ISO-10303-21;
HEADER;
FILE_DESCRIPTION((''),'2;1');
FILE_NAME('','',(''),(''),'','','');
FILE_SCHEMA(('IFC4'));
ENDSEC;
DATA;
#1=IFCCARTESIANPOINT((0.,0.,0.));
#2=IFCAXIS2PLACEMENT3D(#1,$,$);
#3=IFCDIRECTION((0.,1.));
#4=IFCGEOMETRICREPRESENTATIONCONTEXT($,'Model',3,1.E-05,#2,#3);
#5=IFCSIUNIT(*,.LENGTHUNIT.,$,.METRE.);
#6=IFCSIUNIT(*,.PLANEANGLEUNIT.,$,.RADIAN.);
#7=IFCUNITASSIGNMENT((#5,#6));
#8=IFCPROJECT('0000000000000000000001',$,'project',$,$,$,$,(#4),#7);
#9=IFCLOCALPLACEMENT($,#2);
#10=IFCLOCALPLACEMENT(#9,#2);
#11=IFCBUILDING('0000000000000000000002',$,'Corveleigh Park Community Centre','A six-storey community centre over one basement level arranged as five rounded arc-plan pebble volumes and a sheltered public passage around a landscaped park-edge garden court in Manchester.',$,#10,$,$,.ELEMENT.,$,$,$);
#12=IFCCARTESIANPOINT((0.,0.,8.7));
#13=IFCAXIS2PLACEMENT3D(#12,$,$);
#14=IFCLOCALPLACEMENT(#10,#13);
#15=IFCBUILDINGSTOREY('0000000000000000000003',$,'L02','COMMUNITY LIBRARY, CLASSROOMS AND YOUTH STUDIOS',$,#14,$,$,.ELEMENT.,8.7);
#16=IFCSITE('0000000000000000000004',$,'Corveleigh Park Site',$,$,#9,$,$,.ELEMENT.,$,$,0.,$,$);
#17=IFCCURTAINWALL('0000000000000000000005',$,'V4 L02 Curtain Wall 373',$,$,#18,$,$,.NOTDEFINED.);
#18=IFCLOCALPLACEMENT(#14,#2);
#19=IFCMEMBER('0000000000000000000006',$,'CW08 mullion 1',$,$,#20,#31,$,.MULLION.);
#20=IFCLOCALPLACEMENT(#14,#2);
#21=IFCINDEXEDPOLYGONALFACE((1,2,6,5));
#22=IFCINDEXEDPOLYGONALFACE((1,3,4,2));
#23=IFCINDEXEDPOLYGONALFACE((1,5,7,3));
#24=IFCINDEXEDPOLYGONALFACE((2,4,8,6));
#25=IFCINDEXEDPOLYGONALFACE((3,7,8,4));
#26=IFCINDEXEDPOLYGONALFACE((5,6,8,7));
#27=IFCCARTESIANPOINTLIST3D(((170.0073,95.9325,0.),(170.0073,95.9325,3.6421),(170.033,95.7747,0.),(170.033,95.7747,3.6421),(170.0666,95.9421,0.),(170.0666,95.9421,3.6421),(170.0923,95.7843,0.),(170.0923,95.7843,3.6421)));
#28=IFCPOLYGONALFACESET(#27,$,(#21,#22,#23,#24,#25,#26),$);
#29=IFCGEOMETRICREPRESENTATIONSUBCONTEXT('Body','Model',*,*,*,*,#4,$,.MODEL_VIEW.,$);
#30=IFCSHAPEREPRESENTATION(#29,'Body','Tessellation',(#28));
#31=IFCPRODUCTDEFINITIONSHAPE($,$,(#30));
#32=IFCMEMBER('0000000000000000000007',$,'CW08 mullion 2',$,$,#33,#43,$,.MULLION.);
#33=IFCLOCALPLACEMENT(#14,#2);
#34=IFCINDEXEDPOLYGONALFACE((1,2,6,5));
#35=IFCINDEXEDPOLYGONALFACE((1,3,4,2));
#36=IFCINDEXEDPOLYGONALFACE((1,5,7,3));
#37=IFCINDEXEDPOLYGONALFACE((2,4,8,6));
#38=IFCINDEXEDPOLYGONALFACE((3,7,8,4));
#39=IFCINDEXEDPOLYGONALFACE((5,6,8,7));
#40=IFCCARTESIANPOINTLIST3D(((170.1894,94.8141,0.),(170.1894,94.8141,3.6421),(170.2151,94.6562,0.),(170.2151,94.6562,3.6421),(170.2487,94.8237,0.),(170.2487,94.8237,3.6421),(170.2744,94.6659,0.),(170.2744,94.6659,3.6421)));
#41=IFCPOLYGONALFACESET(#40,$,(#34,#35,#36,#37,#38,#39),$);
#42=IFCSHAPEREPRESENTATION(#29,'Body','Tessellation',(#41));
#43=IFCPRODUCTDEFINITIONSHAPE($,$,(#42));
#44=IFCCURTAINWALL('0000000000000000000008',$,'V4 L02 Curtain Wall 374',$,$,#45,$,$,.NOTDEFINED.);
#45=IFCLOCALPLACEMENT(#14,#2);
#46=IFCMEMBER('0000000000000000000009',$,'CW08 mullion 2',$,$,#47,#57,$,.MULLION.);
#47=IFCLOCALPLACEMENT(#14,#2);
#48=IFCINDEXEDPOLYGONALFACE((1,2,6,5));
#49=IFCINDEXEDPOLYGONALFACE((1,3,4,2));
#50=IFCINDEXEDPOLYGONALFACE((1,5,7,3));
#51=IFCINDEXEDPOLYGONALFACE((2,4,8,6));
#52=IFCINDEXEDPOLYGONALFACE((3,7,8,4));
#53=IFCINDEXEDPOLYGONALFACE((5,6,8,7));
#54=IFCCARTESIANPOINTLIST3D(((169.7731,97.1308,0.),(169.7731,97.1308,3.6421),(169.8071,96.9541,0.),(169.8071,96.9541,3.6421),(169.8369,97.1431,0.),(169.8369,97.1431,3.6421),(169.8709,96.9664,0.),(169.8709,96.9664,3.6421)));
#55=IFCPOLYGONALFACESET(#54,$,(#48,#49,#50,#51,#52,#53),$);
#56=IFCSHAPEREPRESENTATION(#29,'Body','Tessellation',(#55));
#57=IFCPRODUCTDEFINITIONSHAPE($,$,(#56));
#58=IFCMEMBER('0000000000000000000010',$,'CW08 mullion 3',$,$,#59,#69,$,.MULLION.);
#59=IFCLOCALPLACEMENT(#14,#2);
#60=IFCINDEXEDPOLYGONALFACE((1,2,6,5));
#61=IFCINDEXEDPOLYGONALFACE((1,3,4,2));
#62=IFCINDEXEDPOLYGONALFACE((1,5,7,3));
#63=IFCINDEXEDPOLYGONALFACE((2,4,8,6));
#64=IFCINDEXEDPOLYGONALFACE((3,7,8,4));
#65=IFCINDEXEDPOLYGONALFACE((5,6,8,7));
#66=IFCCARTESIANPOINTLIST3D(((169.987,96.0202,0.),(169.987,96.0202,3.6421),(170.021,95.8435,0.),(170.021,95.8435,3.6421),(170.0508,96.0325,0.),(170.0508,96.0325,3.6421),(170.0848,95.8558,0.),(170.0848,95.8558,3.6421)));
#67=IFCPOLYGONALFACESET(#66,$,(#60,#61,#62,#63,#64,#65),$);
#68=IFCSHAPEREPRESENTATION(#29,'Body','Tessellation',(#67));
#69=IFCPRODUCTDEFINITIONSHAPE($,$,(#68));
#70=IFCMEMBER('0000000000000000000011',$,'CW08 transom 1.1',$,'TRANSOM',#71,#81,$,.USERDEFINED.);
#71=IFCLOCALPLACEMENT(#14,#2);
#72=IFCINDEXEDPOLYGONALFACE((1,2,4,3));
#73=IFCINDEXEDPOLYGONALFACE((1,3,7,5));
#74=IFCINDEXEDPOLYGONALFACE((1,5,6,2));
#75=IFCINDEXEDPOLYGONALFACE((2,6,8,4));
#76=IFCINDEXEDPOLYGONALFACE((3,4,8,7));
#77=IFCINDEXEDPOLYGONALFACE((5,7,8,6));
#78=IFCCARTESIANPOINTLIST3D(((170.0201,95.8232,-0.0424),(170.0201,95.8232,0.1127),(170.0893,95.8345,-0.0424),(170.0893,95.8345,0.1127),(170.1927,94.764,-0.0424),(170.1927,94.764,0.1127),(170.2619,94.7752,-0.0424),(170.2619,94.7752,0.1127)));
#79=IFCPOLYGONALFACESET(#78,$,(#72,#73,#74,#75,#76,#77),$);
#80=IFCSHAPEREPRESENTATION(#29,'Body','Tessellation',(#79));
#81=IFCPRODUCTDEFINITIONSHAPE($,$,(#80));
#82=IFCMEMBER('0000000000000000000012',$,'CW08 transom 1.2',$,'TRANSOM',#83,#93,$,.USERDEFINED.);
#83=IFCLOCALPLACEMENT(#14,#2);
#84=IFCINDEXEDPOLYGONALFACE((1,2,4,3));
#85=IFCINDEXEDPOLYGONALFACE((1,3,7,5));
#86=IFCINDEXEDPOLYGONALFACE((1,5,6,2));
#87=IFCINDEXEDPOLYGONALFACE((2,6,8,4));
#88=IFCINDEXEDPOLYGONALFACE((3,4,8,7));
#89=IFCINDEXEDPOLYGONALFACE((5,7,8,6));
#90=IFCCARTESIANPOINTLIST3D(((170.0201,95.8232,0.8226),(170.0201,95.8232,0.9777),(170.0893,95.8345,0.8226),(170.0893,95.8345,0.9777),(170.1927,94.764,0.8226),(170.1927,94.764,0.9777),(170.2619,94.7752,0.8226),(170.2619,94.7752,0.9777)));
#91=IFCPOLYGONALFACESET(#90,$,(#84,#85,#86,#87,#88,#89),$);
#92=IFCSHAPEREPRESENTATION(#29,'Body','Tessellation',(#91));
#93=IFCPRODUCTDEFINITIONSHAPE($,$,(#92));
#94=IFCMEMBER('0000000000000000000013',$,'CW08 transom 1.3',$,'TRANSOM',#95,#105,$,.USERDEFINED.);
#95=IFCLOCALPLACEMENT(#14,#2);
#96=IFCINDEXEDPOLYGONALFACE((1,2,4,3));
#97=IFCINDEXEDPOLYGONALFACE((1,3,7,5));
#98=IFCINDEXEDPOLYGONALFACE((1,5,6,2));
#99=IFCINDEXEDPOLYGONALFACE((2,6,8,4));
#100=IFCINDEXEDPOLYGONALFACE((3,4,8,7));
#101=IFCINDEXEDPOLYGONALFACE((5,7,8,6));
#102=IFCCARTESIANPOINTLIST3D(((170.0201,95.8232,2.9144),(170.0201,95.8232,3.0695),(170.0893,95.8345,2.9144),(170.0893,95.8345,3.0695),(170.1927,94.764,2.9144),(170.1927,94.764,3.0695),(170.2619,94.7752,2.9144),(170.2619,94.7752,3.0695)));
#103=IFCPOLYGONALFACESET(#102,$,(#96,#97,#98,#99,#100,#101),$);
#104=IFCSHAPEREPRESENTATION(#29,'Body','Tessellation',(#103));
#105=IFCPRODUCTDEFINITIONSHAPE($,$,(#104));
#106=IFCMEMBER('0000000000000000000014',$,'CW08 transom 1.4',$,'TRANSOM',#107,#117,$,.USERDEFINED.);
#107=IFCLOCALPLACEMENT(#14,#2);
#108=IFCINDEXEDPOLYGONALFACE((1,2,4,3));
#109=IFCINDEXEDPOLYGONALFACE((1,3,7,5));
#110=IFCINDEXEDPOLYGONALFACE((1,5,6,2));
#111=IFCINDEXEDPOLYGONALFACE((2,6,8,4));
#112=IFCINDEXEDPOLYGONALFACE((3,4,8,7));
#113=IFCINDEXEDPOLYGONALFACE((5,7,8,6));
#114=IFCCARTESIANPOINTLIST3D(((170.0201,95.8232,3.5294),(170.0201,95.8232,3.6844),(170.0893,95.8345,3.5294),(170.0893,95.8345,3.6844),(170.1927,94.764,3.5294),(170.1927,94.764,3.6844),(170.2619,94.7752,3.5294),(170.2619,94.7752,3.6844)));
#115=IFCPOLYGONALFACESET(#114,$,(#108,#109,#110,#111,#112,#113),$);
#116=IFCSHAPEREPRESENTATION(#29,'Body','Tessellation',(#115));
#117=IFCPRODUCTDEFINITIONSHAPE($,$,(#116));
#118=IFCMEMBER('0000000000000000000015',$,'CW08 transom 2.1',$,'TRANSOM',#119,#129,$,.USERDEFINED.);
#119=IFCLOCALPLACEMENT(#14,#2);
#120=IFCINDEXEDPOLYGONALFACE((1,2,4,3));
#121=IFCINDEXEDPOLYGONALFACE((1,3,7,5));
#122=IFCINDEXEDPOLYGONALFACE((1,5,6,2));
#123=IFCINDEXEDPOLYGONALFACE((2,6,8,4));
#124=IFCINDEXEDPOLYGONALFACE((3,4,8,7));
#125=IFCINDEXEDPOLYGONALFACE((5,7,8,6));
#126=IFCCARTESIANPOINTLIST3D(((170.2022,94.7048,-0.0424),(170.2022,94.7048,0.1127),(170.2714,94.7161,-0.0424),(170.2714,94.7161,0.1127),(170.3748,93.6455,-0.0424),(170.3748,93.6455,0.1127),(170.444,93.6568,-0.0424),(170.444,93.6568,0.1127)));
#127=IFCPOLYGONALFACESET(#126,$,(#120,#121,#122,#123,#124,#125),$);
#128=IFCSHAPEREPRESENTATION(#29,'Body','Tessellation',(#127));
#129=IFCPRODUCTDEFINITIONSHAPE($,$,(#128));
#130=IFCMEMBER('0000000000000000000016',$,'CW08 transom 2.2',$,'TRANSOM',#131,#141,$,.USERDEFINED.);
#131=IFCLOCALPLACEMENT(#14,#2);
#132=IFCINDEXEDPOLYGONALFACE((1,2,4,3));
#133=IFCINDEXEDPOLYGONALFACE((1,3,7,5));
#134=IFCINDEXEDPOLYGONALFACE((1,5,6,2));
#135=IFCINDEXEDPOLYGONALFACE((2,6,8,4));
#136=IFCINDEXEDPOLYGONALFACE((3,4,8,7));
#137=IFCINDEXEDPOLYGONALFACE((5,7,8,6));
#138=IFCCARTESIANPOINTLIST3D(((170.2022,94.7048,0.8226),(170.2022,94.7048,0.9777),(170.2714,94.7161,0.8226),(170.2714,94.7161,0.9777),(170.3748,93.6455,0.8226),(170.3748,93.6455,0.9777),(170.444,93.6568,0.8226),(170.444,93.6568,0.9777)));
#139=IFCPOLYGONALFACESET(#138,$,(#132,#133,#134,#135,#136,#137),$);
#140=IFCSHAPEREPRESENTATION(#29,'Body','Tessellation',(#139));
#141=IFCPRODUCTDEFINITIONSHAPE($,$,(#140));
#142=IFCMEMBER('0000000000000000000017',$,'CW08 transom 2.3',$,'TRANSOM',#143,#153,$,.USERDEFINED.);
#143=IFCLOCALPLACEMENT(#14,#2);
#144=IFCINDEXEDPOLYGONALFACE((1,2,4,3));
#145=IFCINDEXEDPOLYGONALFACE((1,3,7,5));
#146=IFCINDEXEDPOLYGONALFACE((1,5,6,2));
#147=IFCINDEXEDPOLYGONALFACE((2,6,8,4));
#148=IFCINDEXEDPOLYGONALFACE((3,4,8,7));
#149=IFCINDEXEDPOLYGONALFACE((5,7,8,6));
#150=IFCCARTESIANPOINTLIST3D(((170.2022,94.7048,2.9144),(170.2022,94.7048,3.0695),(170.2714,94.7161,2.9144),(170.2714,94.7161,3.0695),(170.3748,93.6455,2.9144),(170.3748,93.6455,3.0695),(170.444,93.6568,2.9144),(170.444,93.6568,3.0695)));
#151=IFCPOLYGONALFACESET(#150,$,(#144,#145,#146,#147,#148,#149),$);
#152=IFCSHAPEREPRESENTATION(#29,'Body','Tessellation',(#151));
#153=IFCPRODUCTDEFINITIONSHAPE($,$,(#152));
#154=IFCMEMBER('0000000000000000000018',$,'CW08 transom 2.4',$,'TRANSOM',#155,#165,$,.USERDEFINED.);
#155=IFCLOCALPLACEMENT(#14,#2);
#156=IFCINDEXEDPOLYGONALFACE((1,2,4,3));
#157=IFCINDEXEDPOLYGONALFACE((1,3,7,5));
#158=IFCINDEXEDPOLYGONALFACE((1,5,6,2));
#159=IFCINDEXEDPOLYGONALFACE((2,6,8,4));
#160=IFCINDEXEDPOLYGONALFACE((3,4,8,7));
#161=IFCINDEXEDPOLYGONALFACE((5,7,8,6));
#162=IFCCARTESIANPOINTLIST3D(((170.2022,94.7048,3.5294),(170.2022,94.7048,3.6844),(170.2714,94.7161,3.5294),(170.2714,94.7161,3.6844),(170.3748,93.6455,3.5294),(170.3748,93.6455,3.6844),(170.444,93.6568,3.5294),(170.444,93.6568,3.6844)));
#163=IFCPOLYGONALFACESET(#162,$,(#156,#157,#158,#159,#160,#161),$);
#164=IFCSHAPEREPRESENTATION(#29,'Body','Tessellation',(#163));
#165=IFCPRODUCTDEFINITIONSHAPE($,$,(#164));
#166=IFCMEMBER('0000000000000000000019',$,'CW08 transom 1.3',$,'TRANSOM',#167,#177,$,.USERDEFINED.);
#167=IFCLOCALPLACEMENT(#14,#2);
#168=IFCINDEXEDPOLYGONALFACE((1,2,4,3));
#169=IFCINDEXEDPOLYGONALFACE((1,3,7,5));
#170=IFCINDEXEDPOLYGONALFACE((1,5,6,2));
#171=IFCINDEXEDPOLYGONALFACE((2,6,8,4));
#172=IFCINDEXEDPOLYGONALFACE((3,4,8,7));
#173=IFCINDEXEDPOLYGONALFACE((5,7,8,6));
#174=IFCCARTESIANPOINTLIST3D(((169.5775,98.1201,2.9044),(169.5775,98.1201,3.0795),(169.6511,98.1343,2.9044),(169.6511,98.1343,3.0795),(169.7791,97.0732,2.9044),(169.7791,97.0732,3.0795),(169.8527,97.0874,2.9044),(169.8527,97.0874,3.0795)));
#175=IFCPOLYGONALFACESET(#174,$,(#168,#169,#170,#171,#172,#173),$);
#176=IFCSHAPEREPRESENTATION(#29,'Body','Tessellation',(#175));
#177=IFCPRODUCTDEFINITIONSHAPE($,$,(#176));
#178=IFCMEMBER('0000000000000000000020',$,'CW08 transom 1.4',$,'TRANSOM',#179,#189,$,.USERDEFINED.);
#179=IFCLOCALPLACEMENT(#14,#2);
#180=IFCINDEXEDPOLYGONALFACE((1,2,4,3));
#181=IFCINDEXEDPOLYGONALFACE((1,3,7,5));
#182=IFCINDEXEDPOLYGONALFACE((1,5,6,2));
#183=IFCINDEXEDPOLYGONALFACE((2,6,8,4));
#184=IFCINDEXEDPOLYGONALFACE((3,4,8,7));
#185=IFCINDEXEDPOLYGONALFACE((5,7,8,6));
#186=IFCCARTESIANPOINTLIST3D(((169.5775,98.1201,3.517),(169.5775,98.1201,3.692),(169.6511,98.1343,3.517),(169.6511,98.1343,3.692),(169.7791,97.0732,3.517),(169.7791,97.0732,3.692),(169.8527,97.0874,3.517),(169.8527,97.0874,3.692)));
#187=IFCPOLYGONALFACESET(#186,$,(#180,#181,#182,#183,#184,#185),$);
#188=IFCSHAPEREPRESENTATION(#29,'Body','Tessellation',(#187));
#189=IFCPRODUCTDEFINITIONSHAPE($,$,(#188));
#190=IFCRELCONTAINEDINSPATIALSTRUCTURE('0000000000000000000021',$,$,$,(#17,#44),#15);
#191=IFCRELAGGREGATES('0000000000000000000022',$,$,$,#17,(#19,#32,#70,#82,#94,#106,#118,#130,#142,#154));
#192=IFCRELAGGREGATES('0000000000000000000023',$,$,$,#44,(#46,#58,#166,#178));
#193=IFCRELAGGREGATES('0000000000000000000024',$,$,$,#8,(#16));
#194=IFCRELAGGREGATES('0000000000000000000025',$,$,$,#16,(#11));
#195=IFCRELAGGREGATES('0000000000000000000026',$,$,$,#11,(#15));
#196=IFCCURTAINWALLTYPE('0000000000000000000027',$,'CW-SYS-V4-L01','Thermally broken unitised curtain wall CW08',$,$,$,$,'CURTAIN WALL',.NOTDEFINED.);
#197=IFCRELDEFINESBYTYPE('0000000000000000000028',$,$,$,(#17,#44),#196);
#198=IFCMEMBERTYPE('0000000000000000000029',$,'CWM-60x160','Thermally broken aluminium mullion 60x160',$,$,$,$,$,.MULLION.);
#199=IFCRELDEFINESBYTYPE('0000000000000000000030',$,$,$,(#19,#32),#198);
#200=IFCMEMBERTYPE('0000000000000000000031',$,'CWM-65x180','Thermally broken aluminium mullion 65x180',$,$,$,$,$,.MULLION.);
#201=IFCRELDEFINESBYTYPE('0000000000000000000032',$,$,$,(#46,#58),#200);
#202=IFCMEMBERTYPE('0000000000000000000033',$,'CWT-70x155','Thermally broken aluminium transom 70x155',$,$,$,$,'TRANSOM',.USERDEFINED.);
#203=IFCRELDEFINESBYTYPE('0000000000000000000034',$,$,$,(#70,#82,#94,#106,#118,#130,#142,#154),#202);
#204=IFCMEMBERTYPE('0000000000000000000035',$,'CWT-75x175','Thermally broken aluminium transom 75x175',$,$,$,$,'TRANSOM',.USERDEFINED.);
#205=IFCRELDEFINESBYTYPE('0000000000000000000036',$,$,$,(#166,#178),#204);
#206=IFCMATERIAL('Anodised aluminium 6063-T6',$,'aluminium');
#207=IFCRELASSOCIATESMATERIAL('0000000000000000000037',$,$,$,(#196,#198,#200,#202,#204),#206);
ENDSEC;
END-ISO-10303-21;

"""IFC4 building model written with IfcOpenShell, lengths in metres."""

from ifc_helpers import new_model, si_unit, direction, frame, origin, origin_2d, place, context, subcontext, project, spatial, rectangle, extrude, material, material_profile, profile_set, type_object, element, aggregate, save


model = new_model("IFC4")

# Units and contexts
model_context = context("Model", 3, precision=1e-05, world=origin(), true_north=direction((0.0, 1.0)))
body_context = subcontext(model_context, "Body", "Model", "MODEL_VIEW")
ifc_project = project(units=[si_unit("LENGTHUNIT", "METRE"), si_unit("PLANEANGLEUNIT", "RADIAN")], contexts=[model_context])

# Site, building, storey
site_placement = place(None, origin())
site = spatial("IfcSite", under=ifc_project, at=site_placement, Name="Corveleigh Park Site", CompositionType="ELEMENT", RefElevation=0.0)
building_placement = place(site_placement, origin())
building = spatial("IfcBuilding", under=site, at=building_placement, Name="Corveleigh Park Community Centre", Description="A six-storey community centre over one basement level arranged as five rounded arc-plan pebble volumes and a sheltered public passage around a landscaped park-edge garden court in Manchester.", CompositionType="ELEMENT")
storey_placement = place(building_placement, frame((0.0, 0.0, 8.7)))
storey = spatial("IfcBuildingStorey", under=building, at=storey_placement, Name="L02", Description="COMMUNITY LIBRARY, CLASSROOMS AND YOUTH STUDIOS", CompositionType="ELEMENT", Elevation=8.7)

# Curtain walls, members
ifc_material_1 = material(Name="Anodised aluminium 6063-T6", Category="aluminium")
curtain_wall_type = type_object("IfcCurtainWallType", Name="CW-SYS-V4-L01", Description="Thermally broken unitised curtain wall CW08", ElementType="CURTAIN WALL", PredefinedType="NOTDEFINED", material=ifc_material_1)
curtain_wall_1_placement = place(storey_placement, origin())
curtain_wall_1 = element("IfcCurtainWall", 1, at=curtain_wall_1_placement, inside=storey, type_object=curtain_wall_type, Name="V4 L02 Curtain Wall 373", PredefinedType="NOTDEFINED")
ifc_material_profile_1 = material_profile(ifc_material_1, rectangle(XDim=0.0601, YDim=0.1599, at=origin_2d()), Name="ALU-M60x160", Category="aluminium")
ifc_profile_set_1 = profile_set([ifc_material_profile_1], Name="Anodised aluminium 6063-T6")
member_type_1 = type_object("IfcMemberType", Name="CWM-60x160", Description="Thermally broken aluminium mullion 60x160", PredefinedType="MULLION", material=ifc_profile_set_1)
member_1_placement = place(storey_placement, frame((170.0498, 95.8584, 0.0), z_axis=(0.0, 0.0, 1.0), x_axis=(0.986991, 0.160773, 0.0)))
member_1 = element("IfcMember", 2, at=member_1_placement, type_object=member_type_1, Name="CW08 mullion 1", PredefinedType="MULLION", context=body_context, shape_type="SweptSolid", body=[
    extrude(rectangle(XDim=0.0601, YDim=0.1599, at=origin_2d()), origin(), (0.0, 0.0, 1.0), 3.6421),
])
member_2_placement = place(storey_placement, frame((170.2319, 94.74, 0.0), z_axis=(0.0, 0.0, 1.0), x_axis=(0.986991, 0.160773, 0.0)))
member_2 = element("IfcMember", 3, at=member_2_placement, type_object=member_type_1, Name="CW08 mullion 2", PredefinedType="MULLION", context=body_context, shape_type="SweptSolid", body=[
    extrude(rectangle(XDim=0.0601, YDim=0.1599, at=origin_2d()), origin(), (0.0, 0.0, 1.0), 3.6421),
])
curtain_wall_2_placement = place(storey_placement, origin())
curtain_wall_2 = element("IfcCurtainWall", 4, at=curtain_wall_2_placement, inside=storey, type_object=curtain_wall_type, Name="V4 L02 Curtain Wall 374", PredefinedType="NOTDEFINED")
ifc_material_profile_2 = material_profile(ifc_material_1, rectangle(XDim=0.0649, YDim=0.1799, at=origin_2d()), Name="ALU-M65x180", Category="aluminium")
ifc_profile_set_2 = profile_set([ifc_material_profile_2], Name="Anodised aluminium 6063-T6")
member_type_2 = type_object("IfcMemberType", Name="CWM-65x180", Description="Thermally broken aluminium mullion 65x180", PredefinedType="MULLION", material=ifc_profile_set_2)
member_3_placement = place(storey_placement, frame((169.822, 97.0486, 0.0), z_axis=(0.0, 0.0, 1.0), x_axis=(0.98196, 0.189086, 0.0)))
member_3 = element("IfcMember", 5, at=member_3_placement, type_object=member_type_2, Name="CW08 mullion 2", PredefinedType="MULLION", context=body_context, shape_type="SweptSolid", body=[
    extrude(rectangle(XDim=0.0649, YDim=0.1799, at=origin_2d()), origin(), (0.0, 0.0, 1.0), 3.6421),
])
member_4_placement = place(storey_placement, frame((170.0359, 95.938, 0.0), z_axis=(0.0, 0.0, 1.0), x_axis=(0.98196, 0.189086, 0.0)))
member_4 = element("IfcMember", 6, at=member_4_placement, type_object=member_type_2, Name="CW08 mullion 3", PredefinedType="MULLION", context=body_context, shape_type="SweptSolid", body=[
    extrude(rectangle(XDim=0.0649, YDim=0.1799, at=origin_2d()), origin(), (0.0, 0.0, 1.0), 3.6421),
])

# Members
ifc_material_profile_3 = material_profile(ifc_material_1, rectangle(XDim=0.0701, YDim=0.155, at=origin_2d()), Name="ALU-T70x155", Category="aluminium")
ifc_profile_set_3 = profile_set([ifc_material_profile_3], Name="Anodised aluminium 6063-T6")
member_type_3 = type_object("IfcMemberType", Name="CWT-70x155", Description="Thermally broken aluminium transom 70x155", ElementType="TRANSOM", PredefinedType="USERDEFINED", material=ifc_profile_set_3)
member_5_placement = place(storey_placement, frame((170.0547, 95.8289, 0.0352), z_axis=(0.16082, -0.986984, 0.0), x_axis=(0.986984, 0.16082, 0.0)))
member_5 = element("IfcMember", 7, at=member_5_placement, type_object=member_type_3, Name="CW08 transom 1.1", ObjectType="TRANSOM", PredefinedType="USERDEFINED", context=body_context, shape_type="SweptSolid", body=[
    extrude(rectangle(XDim=0.0701, YDim=0.155, at=origin_2d()), origin(), (0.0, 0.0, 1.0), 1.0732),
])
member_6_placement = place(storey_placement, frame((170.0547, 95.8289, 0.9001), z_axis=(0.16082, -0.986984, 0.0), x_axis=(0.986984, 0.16082, 0.0)))
member_6 = element("IfcMember", 8, at=member_6_placement, type_object=member_type_3, Name="CW08 transom 1.2", ObjectType="TRANSOM", PredefinedType="USERDEFINED", context=body_context, shape_type="SweptSolid", body=[
    extrude(rectangle(XDim=0.0701, YDim=0.155, at=origin_2d()), origin(), (0.0, 0.0, 1.0), 1.0732),
])
member_7_placement = place(storey_placement, frame((170.0547, 95.8289, 2.9919), z_axis=(0.16082, -0.986984, 0.0), x_axis=(0.986984, 0.16082, 0.0)))
member_7 = element("IfcMember", 9, at=member_7_placement, type_object=member_type_3, Name="CW08 transom 1.3", ObjectType="TRANSOM", PredefinedType="USERDEFINED", context=body_context, shape_type="SweptSolid", body=[
    extrude(rectangle(XDim=0.0701, YDim=0.155, at=origin_2d()), origin(), (0.0, 0.0, 1.0), 1.0732),
])
member_8_placement = place(storey_placement, frame((170.0547, 95.8289, 3.6069), z_axis=(0.16082, -0.986984, 0.0), x_axis=(0.986984, 0.16082, 0.0)))
member_8 = element("IfcMember", 10, at=member_8_placement, type_object=member_type_3, Name="CW08 transom 1.4", ObjectType="TRANSOM", PredefinedType="USERDEFINED", context=body_context, shape_type="SweptSolid", body=[
    extrude(rectangle(XDim=0.0701, YDim=0.155, at=origin_2d()), origin(), (0.0, 0.0, 1.0), 1.0732),
])
member_9_placement = place(storey_placement, frame((170.2368, 94.7104, 0.0352), z_axis=(0.16082, -0.986984, 0.0), x_axis=(0.986984, 0.16082, 0.0)))
member_9 = element("IfcMember", 11, at=member_9_placement, type_object=member_type_3, Name="CW08 transom 2.1", ObjectType="TRANSOM", PredefinedType="USERDEFINED", context=body_context, shape_type="SweptSolid", body=[
    extrude(rectangle(XDim=0.0701, YDim=0.155, at=origin_2d()), origin(), (0.0, 0.0, 1.0), 1.0732),
])
member_10_placement = place(storey_placement, frame((170.2368, 94.7104, 0.9001), z_axis=(0.16082, -0.986984, 0.0), x_axis=(0.986984, 0.16082, 0.0)))
member_10 = element("IfcMember", 12, at=member_10_placement, type_object=member_type_3, Name="CW08 transom 2.2", ObjectType="TRANSOM", PredefinedType="USERDEFINED", context=body_context, shape_type="SweptSolid", body=[
    extrude(rectangle(XDim=0.0701, YDim=0.155, at=origin_2d()), origin(), (0.0, 0.0, 1.0), 1.0732),
])
member_11_placement = place(storey_placement, frame((170.2368, 94.7104, 2.9919), z_axis=(0.16082, -0.986984, 0.0), x_axis=(0.986984, 0.16082, 0.0)))
member_11 = element("IfcMember", 13, at=member_11_placement, type_object=member_type_3, Name="CW08 transom 2.3", ObjectType="TRANSOM", PredefinedType="USERDEFINED", context=body_context, shape_type="SweptSolid", body=[
    extrude(rectangle(XDim=0.0701, YDim=0.155, at=origin_2d()), origin(), (0.0, 0.0, 1.0), 1.0732),
])
member_12_placement = place(storey_placement, frame((170.2368, 94.7104, 3.6069), z_axis=(0.16082, -0.986984, 0.0), x_axis=(0.986984, 0.16082, 0.0)))
member_12 = element("IfcMember", 14, at=member_12_placement, type_object=member_type_3, Name="CW08 transom 2.4", ObjectType="TRANSOM", PredefinedType="USERDEFINED", context=body_context, shape_type="SweptSolid", body=[
    extrude(rectangle(XDim=0.0701, YDim=0.155, at=origin_2d()), origin(), (0.0, 0.0, 1.0), 1.0732),
])
ifc_material_profile_4 = material_profile(ifc_material_1, rectangle(XDim=0.075, YDim=0.175, at=origin_2d()), Name="ALU-T75x175", Category="aluminium")
ifc_profile_set_4 = profile_set([ifc_material_profile_4], Name="Anodised aluminium 6063-T6")
member_type_4 = type_object("IfcMemberType", Name="CWT-75x175", Description="Thermally broken aluminium transom 75x175", ElementType="TRANSOM", PredefinedType="USERDEFINED", material=ifc_profile_set_4)
member_13_placement = place(storey_placement, frame((169.6143, 98.1272, 2.9919), z_axis=(0.189153, -0.981948, 0.0), x_axis=(0.981948, 0.189153, 0.0)))
member_13 = element("IfcMember", 15, at=member_13_placement, type_object=member_type_4, Name="CW08 transom 1.3", ObjectType="TRANSOM", PredefinedType="USERDEFINED", context=body_context, shape_type="SweptSolid", body=[
    extrude(rectangle(XDim=0.075, YDim=0.175, at=origin_2d()), origin(), (0.0, 0.0, 1.0), 1.0662),
])
member_14_placement = place(storey_placement, frame((169.6143, 98.1272, 3.6045), z_axis=(0.189153, -0.981948, 0.0), x_axis=(0.981948, 0.189153, 0.0)))
member_14 = element("IfcMember", 16, at=member_14_placement, type_object=member_type_4, Name="CW08 transom 1.4", ObjectType="TRANSOM", PredefinedType="USERDEFINED", context=body_context, shape_type="SweptSolid", body=[
    extrude(rectangle(XDim=0.075, YDim=0.175, at=origin_2d()), origin(), (0.0, 0.0, 1.0), 1.0662),
])

aggregate(curtain_wall_1, [member_1, member_2, member_5, member_6, member_7, member_8, member_9, member_10, member_11, member_12])
aggregate(curtain_wall_2, [member_3, member_4, member_13, member_14])

save(model, "model.ifc")
